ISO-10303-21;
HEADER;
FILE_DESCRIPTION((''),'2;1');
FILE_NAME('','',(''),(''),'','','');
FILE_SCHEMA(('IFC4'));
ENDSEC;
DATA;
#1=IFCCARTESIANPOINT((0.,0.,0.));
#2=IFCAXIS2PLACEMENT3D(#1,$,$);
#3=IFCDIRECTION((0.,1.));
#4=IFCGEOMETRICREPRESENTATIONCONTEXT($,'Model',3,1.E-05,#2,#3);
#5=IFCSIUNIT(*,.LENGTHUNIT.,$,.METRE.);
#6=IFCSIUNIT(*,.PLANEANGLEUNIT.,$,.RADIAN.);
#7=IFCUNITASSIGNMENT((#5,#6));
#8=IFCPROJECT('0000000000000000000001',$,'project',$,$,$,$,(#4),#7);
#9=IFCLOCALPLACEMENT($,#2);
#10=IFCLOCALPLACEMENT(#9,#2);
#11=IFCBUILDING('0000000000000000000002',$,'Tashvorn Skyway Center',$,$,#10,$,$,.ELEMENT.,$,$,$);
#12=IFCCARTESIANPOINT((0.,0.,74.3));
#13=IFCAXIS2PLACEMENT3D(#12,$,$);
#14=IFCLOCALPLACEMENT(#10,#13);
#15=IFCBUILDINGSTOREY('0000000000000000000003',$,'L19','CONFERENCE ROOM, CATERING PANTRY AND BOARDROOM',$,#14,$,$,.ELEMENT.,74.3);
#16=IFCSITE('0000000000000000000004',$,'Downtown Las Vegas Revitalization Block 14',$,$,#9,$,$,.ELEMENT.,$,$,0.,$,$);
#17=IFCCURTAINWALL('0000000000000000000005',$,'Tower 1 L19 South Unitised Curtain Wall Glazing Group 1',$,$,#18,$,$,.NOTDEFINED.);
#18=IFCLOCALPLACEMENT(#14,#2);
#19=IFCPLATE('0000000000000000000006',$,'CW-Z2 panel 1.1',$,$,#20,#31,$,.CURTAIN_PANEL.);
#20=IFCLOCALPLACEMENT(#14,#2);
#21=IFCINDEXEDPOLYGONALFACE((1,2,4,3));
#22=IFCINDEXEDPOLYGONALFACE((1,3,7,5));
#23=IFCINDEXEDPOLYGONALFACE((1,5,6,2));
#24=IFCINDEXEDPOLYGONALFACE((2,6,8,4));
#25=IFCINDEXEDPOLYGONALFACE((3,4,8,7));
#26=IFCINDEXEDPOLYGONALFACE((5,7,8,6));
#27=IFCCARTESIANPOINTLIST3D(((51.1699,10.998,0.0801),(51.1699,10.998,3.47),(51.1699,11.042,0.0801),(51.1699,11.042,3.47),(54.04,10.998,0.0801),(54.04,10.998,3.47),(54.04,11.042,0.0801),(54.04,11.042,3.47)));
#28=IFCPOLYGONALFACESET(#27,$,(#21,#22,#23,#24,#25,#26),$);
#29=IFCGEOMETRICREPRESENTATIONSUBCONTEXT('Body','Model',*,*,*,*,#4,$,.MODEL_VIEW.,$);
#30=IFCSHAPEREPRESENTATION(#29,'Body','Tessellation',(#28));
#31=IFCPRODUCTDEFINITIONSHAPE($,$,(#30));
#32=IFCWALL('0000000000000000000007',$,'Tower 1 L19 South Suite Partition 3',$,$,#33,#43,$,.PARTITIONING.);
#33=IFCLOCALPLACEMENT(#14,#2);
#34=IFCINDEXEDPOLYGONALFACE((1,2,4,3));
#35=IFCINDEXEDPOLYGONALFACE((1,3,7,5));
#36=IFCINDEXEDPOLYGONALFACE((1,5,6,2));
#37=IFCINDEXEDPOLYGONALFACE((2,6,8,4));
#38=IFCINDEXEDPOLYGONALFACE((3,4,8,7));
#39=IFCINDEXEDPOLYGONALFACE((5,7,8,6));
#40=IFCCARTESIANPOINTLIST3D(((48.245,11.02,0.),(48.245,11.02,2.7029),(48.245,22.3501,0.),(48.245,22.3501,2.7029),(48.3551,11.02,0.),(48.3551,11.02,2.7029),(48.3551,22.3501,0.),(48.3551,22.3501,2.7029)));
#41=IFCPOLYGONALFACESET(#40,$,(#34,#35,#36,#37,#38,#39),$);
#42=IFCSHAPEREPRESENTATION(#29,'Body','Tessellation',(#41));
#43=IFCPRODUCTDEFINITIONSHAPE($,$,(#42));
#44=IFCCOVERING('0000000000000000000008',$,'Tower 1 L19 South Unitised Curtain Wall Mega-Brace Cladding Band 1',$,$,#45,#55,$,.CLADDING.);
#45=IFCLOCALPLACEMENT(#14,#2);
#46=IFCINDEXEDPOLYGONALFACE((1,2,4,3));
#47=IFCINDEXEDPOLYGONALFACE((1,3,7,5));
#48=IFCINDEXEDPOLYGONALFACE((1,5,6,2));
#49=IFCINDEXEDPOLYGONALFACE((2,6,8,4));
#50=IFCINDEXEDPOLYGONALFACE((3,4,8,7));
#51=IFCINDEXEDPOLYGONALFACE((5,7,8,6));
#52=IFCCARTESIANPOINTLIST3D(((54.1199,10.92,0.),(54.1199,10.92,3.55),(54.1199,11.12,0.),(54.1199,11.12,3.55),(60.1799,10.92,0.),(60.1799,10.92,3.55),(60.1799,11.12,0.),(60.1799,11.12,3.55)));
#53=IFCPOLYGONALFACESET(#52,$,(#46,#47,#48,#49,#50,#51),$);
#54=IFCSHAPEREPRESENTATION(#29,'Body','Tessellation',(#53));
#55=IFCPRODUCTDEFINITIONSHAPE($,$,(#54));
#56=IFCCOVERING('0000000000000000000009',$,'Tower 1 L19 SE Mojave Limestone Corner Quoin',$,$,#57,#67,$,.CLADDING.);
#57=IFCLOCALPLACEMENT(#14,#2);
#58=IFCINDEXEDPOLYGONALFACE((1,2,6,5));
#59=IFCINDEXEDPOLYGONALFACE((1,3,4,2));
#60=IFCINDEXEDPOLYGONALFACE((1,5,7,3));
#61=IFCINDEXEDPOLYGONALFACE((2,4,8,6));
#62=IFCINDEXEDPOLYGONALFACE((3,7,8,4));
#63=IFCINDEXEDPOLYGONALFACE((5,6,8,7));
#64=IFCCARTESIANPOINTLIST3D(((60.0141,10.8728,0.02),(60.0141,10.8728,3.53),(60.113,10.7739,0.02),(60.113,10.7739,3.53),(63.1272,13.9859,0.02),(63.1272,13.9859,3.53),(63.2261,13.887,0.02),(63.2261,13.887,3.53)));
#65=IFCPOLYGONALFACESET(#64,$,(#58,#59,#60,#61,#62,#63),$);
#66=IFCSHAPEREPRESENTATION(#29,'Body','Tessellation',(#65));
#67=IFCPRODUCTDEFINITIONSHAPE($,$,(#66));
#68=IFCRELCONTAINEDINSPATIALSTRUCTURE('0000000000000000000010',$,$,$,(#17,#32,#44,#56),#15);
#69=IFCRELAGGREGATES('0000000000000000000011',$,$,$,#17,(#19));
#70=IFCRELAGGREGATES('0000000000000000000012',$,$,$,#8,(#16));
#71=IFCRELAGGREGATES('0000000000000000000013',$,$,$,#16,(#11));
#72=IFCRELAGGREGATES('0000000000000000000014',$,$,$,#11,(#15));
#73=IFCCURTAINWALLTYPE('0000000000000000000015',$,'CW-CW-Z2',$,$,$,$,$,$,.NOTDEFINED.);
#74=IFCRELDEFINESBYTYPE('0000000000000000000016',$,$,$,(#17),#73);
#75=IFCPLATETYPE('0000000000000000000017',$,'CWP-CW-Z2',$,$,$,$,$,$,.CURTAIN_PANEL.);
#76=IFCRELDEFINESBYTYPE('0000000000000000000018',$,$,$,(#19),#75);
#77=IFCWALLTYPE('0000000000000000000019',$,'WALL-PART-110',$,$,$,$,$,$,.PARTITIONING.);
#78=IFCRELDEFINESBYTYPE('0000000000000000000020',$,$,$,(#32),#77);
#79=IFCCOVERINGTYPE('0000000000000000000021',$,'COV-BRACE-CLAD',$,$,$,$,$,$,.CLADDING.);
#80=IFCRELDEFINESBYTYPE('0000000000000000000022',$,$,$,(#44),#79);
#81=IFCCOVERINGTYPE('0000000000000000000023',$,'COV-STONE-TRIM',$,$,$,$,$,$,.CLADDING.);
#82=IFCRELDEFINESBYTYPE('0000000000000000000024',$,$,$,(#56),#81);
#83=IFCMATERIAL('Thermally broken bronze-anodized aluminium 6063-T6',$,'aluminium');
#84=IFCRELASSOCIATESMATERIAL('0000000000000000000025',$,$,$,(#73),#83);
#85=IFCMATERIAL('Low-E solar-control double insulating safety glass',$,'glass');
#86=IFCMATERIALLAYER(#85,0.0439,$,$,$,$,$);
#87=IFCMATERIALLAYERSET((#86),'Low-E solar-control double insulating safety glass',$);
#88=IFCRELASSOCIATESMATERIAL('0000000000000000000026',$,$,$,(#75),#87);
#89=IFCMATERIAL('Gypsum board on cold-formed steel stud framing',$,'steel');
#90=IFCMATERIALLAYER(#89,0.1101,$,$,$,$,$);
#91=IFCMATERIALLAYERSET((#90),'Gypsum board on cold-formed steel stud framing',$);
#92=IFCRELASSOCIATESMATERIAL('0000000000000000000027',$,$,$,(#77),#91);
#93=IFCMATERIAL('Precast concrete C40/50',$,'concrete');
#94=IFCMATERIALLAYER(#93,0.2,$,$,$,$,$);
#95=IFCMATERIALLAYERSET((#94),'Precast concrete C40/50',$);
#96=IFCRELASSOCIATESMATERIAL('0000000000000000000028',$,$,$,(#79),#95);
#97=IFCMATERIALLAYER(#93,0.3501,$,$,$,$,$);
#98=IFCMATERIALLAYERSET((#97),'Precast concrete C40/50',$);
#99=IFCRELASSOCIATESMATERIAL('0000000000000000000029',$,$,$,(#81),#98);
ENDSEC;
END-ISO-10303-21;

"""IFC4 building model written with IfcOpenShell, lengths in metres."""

from ifc_helpers import new_model, si_unit, direction, frame, frame_2d, origin, origin_2d, place, context, subcontext, project, spatial, rectangle, extrude, material, layer, layer_set, type_object, element, aggregate, save


model = new_model("IFC4")

# Units and contexts
model_context = context("Model", 3, precision=1e-05, world=origin(), true_north=direction((0.0, 1.0)))
body_context = subcontext(model_context, "Body", "Model", "MODEL_VIEW")
ifc_project = project(units=[si_unit("LENGTHUNIT", "METRE"), si_unit("PLANEANGLEUNIT", "RADIAN")], contexts=[model_context])

# Site, building, storey
site_placement = place(None, origin())
site = spatial("IfcSite", under=ifc_project, at=site_placement, Name="Downtown Las Vegas Revitalization Block 14", CompositionType="ELEMENT", RefElevation=0.0)
building_placement = place(site_placement, origin())
building = spatial("IfcBuilding", under=site, at=building_placement, Name="Tashvorn Skyway Center", CompositionType="ELEMENT")
storey_placement = place(building_placement, frame((0.0, 0.0, 74.3)))
storey = spatial("IfcBuildingStorey", under=building, at=storey_placement, Name="L19", Description="CONFERENCE ROOM, CATERING PANTRY AND BOARDROOM", CompositionType="ELEMENT", Elevation=74.3)

# Curtain wall
ifc_material_1 = material(Name="Thermally broken bronze-anodized aluminium 6063-T6", Category="aluminium")
curtain_wall_type = type_object("IfcCurtainWallType", Name="CW-CW-Z2", PredefinedType="NOTDEFINED", material=ifc_material_1)
curtain_wall_1_placement = place(storey_placement, origin())
curtain_wall_1 = element("IfcCurtainWall", 1, at=curtain_wall_1_placement, inside=storey, type_object=curtain_wall_type, Name="Tower 1 L19 South Unitised Curtain Wall Glazing Group 1", PredefinedType="NOTDEFINED")

# Plate
ifc_material_2 = material(Name="Low-E solar-control double insulating safety glass", Category="glass")
ifc_layer_1 = layer(ifc_material_2, 0.0439)
ifc_layer_set_1 = layer_set([ifc_layer_1], Name="Low-E solar-control double insulating safety glass")
plate_type = type_object("IfcPlateType", Name="CWP-CW-Z2", PredefinedType="CURTAIN_PANEL", material=ifc_layer_set_1)
plate_placement = place(storey_placement, frame((52.605, 11.02, 0.0801), z_axis=(0.0, 0.0, 1.0), x_axis=(-1.0, 0.0, 0.0)))
plate = element("IfcPlate", 2, at=plate_placement, type_object=plate_type, Name="CW-Z2 panel 1.1", PredefinedType="CURTAIN_PANEL", context=body_context, shape_type="SweptSolid", body=[
    extrude(rectangle(XDim=2.8701, YDim=0.0439, at=origin_2d()), origin(), (0.0, 0.0, 1.0), 3.3899),
])
aggregate(curtain_wall_1, [plate])

# Wall
ifc_material_3 = material(Name="Gypsum board on cold-formed steel stud framing", Category="steel")
ifc_layer_2 = layer(ifc_material_3, 0.1101)
ifc_layer_set_2 = layer_set([ifc_layer_2], Name="Gypsum board on cold-formed steel stud framing")
wall_type = type_object("IfcWallType", Name="WALL-PART-110", PredefinedType="PARTITIONING", material=ifc_layer_set_2)
wall_placement = place(storey_placement, frame((48.3, 11.02, 0.0), z_axis=(0.0, 0.0, 1.0), x_axis=(0.0, 1.0, 0.0)))
element("IfcWall", 3, at=wall_placement, inside=storey, type_object=wall_type, Name="Tower 1 L19 South Suite Partition 3", PredefinedType="PARTITIONING", context=body_context, shape_type="SweptSolid", body=[
    extrude(rectangle(XDim=11.3301, YDim=0.1101, at=frame_2d((5.665, 0.0))), origin(), (0.0, 0.0, 1.0), 2.7029),
])

# Coverings
ifc_material_4 = material(Name="Precast concrete C40/50", Category="concrete")
ifc_layer_3 = layer(ifc_material_4, 0.2)
ifc_layer_set_3 = layer_set([ifc_layer_3], Name="Precast concrete C40/50")
covering_type_1 = type_object("IfcCoveringType", Name="COV-BRACE-CLAD", PredefinedType="CLADDING", material=ifc_layer_set_3)
covering_1_placement = place(storey_placement, frame((57.1499, 11.02, 0.0), z_axis=(0.0, 0.0, 1.0), x_axis=(-1.0, 0.0, 0.0)))
element("IfcCovering", 4, at=covering_1_placement, inside=storey, type_object=covering_type_1, Name="Tower 1 L19 South Unitised Curtain Wall Mega-Brace Cladding Band 1", PredefinedType="CLADDING", context=body_context, shape_type="SweptSolid", body=[
    extrude(rectangle(XDim=6.0601, YDim=0.2, at=origin_2d()), origin(), (0.0, 0.0, 1.0), 3.55),
])
ifc_layer_4 = layer(ifc_material_4, 0.3501)
ifc_layer_set_4 = layer_set([ifc_layer_4], Name="Precast concrete C40/50")
covering_type_2 = type_object("IfcCoveringType", Name="COV-STONE-TRIM", PredefinedType="CLADDING", material=ifc_layer_set_4)
covering_2_placement = place(storey_placement, frame((61.6201, 12.3799, 0.02), z_axis=(0.0, 0.0, 1.0), x_axis=(0.707107, 0.707107, 0.0)))
element("IfcCovering", 5, at=covering_2_placement, inside=storey, type_object=covering_type_2, Name="Tower 1 L19 SE Mojave Limestone Corner Quoin", PredefinedType="CLADDING", context=body_context, shape_type="SweptSolid", body=[
    extrude(rectangle(XDim=4.4026, YDim=0.1399, at=origin_2d()), origin(), (0.0, 0.0, 1.0), 3.51),
])

save(model, "model.ifc")
